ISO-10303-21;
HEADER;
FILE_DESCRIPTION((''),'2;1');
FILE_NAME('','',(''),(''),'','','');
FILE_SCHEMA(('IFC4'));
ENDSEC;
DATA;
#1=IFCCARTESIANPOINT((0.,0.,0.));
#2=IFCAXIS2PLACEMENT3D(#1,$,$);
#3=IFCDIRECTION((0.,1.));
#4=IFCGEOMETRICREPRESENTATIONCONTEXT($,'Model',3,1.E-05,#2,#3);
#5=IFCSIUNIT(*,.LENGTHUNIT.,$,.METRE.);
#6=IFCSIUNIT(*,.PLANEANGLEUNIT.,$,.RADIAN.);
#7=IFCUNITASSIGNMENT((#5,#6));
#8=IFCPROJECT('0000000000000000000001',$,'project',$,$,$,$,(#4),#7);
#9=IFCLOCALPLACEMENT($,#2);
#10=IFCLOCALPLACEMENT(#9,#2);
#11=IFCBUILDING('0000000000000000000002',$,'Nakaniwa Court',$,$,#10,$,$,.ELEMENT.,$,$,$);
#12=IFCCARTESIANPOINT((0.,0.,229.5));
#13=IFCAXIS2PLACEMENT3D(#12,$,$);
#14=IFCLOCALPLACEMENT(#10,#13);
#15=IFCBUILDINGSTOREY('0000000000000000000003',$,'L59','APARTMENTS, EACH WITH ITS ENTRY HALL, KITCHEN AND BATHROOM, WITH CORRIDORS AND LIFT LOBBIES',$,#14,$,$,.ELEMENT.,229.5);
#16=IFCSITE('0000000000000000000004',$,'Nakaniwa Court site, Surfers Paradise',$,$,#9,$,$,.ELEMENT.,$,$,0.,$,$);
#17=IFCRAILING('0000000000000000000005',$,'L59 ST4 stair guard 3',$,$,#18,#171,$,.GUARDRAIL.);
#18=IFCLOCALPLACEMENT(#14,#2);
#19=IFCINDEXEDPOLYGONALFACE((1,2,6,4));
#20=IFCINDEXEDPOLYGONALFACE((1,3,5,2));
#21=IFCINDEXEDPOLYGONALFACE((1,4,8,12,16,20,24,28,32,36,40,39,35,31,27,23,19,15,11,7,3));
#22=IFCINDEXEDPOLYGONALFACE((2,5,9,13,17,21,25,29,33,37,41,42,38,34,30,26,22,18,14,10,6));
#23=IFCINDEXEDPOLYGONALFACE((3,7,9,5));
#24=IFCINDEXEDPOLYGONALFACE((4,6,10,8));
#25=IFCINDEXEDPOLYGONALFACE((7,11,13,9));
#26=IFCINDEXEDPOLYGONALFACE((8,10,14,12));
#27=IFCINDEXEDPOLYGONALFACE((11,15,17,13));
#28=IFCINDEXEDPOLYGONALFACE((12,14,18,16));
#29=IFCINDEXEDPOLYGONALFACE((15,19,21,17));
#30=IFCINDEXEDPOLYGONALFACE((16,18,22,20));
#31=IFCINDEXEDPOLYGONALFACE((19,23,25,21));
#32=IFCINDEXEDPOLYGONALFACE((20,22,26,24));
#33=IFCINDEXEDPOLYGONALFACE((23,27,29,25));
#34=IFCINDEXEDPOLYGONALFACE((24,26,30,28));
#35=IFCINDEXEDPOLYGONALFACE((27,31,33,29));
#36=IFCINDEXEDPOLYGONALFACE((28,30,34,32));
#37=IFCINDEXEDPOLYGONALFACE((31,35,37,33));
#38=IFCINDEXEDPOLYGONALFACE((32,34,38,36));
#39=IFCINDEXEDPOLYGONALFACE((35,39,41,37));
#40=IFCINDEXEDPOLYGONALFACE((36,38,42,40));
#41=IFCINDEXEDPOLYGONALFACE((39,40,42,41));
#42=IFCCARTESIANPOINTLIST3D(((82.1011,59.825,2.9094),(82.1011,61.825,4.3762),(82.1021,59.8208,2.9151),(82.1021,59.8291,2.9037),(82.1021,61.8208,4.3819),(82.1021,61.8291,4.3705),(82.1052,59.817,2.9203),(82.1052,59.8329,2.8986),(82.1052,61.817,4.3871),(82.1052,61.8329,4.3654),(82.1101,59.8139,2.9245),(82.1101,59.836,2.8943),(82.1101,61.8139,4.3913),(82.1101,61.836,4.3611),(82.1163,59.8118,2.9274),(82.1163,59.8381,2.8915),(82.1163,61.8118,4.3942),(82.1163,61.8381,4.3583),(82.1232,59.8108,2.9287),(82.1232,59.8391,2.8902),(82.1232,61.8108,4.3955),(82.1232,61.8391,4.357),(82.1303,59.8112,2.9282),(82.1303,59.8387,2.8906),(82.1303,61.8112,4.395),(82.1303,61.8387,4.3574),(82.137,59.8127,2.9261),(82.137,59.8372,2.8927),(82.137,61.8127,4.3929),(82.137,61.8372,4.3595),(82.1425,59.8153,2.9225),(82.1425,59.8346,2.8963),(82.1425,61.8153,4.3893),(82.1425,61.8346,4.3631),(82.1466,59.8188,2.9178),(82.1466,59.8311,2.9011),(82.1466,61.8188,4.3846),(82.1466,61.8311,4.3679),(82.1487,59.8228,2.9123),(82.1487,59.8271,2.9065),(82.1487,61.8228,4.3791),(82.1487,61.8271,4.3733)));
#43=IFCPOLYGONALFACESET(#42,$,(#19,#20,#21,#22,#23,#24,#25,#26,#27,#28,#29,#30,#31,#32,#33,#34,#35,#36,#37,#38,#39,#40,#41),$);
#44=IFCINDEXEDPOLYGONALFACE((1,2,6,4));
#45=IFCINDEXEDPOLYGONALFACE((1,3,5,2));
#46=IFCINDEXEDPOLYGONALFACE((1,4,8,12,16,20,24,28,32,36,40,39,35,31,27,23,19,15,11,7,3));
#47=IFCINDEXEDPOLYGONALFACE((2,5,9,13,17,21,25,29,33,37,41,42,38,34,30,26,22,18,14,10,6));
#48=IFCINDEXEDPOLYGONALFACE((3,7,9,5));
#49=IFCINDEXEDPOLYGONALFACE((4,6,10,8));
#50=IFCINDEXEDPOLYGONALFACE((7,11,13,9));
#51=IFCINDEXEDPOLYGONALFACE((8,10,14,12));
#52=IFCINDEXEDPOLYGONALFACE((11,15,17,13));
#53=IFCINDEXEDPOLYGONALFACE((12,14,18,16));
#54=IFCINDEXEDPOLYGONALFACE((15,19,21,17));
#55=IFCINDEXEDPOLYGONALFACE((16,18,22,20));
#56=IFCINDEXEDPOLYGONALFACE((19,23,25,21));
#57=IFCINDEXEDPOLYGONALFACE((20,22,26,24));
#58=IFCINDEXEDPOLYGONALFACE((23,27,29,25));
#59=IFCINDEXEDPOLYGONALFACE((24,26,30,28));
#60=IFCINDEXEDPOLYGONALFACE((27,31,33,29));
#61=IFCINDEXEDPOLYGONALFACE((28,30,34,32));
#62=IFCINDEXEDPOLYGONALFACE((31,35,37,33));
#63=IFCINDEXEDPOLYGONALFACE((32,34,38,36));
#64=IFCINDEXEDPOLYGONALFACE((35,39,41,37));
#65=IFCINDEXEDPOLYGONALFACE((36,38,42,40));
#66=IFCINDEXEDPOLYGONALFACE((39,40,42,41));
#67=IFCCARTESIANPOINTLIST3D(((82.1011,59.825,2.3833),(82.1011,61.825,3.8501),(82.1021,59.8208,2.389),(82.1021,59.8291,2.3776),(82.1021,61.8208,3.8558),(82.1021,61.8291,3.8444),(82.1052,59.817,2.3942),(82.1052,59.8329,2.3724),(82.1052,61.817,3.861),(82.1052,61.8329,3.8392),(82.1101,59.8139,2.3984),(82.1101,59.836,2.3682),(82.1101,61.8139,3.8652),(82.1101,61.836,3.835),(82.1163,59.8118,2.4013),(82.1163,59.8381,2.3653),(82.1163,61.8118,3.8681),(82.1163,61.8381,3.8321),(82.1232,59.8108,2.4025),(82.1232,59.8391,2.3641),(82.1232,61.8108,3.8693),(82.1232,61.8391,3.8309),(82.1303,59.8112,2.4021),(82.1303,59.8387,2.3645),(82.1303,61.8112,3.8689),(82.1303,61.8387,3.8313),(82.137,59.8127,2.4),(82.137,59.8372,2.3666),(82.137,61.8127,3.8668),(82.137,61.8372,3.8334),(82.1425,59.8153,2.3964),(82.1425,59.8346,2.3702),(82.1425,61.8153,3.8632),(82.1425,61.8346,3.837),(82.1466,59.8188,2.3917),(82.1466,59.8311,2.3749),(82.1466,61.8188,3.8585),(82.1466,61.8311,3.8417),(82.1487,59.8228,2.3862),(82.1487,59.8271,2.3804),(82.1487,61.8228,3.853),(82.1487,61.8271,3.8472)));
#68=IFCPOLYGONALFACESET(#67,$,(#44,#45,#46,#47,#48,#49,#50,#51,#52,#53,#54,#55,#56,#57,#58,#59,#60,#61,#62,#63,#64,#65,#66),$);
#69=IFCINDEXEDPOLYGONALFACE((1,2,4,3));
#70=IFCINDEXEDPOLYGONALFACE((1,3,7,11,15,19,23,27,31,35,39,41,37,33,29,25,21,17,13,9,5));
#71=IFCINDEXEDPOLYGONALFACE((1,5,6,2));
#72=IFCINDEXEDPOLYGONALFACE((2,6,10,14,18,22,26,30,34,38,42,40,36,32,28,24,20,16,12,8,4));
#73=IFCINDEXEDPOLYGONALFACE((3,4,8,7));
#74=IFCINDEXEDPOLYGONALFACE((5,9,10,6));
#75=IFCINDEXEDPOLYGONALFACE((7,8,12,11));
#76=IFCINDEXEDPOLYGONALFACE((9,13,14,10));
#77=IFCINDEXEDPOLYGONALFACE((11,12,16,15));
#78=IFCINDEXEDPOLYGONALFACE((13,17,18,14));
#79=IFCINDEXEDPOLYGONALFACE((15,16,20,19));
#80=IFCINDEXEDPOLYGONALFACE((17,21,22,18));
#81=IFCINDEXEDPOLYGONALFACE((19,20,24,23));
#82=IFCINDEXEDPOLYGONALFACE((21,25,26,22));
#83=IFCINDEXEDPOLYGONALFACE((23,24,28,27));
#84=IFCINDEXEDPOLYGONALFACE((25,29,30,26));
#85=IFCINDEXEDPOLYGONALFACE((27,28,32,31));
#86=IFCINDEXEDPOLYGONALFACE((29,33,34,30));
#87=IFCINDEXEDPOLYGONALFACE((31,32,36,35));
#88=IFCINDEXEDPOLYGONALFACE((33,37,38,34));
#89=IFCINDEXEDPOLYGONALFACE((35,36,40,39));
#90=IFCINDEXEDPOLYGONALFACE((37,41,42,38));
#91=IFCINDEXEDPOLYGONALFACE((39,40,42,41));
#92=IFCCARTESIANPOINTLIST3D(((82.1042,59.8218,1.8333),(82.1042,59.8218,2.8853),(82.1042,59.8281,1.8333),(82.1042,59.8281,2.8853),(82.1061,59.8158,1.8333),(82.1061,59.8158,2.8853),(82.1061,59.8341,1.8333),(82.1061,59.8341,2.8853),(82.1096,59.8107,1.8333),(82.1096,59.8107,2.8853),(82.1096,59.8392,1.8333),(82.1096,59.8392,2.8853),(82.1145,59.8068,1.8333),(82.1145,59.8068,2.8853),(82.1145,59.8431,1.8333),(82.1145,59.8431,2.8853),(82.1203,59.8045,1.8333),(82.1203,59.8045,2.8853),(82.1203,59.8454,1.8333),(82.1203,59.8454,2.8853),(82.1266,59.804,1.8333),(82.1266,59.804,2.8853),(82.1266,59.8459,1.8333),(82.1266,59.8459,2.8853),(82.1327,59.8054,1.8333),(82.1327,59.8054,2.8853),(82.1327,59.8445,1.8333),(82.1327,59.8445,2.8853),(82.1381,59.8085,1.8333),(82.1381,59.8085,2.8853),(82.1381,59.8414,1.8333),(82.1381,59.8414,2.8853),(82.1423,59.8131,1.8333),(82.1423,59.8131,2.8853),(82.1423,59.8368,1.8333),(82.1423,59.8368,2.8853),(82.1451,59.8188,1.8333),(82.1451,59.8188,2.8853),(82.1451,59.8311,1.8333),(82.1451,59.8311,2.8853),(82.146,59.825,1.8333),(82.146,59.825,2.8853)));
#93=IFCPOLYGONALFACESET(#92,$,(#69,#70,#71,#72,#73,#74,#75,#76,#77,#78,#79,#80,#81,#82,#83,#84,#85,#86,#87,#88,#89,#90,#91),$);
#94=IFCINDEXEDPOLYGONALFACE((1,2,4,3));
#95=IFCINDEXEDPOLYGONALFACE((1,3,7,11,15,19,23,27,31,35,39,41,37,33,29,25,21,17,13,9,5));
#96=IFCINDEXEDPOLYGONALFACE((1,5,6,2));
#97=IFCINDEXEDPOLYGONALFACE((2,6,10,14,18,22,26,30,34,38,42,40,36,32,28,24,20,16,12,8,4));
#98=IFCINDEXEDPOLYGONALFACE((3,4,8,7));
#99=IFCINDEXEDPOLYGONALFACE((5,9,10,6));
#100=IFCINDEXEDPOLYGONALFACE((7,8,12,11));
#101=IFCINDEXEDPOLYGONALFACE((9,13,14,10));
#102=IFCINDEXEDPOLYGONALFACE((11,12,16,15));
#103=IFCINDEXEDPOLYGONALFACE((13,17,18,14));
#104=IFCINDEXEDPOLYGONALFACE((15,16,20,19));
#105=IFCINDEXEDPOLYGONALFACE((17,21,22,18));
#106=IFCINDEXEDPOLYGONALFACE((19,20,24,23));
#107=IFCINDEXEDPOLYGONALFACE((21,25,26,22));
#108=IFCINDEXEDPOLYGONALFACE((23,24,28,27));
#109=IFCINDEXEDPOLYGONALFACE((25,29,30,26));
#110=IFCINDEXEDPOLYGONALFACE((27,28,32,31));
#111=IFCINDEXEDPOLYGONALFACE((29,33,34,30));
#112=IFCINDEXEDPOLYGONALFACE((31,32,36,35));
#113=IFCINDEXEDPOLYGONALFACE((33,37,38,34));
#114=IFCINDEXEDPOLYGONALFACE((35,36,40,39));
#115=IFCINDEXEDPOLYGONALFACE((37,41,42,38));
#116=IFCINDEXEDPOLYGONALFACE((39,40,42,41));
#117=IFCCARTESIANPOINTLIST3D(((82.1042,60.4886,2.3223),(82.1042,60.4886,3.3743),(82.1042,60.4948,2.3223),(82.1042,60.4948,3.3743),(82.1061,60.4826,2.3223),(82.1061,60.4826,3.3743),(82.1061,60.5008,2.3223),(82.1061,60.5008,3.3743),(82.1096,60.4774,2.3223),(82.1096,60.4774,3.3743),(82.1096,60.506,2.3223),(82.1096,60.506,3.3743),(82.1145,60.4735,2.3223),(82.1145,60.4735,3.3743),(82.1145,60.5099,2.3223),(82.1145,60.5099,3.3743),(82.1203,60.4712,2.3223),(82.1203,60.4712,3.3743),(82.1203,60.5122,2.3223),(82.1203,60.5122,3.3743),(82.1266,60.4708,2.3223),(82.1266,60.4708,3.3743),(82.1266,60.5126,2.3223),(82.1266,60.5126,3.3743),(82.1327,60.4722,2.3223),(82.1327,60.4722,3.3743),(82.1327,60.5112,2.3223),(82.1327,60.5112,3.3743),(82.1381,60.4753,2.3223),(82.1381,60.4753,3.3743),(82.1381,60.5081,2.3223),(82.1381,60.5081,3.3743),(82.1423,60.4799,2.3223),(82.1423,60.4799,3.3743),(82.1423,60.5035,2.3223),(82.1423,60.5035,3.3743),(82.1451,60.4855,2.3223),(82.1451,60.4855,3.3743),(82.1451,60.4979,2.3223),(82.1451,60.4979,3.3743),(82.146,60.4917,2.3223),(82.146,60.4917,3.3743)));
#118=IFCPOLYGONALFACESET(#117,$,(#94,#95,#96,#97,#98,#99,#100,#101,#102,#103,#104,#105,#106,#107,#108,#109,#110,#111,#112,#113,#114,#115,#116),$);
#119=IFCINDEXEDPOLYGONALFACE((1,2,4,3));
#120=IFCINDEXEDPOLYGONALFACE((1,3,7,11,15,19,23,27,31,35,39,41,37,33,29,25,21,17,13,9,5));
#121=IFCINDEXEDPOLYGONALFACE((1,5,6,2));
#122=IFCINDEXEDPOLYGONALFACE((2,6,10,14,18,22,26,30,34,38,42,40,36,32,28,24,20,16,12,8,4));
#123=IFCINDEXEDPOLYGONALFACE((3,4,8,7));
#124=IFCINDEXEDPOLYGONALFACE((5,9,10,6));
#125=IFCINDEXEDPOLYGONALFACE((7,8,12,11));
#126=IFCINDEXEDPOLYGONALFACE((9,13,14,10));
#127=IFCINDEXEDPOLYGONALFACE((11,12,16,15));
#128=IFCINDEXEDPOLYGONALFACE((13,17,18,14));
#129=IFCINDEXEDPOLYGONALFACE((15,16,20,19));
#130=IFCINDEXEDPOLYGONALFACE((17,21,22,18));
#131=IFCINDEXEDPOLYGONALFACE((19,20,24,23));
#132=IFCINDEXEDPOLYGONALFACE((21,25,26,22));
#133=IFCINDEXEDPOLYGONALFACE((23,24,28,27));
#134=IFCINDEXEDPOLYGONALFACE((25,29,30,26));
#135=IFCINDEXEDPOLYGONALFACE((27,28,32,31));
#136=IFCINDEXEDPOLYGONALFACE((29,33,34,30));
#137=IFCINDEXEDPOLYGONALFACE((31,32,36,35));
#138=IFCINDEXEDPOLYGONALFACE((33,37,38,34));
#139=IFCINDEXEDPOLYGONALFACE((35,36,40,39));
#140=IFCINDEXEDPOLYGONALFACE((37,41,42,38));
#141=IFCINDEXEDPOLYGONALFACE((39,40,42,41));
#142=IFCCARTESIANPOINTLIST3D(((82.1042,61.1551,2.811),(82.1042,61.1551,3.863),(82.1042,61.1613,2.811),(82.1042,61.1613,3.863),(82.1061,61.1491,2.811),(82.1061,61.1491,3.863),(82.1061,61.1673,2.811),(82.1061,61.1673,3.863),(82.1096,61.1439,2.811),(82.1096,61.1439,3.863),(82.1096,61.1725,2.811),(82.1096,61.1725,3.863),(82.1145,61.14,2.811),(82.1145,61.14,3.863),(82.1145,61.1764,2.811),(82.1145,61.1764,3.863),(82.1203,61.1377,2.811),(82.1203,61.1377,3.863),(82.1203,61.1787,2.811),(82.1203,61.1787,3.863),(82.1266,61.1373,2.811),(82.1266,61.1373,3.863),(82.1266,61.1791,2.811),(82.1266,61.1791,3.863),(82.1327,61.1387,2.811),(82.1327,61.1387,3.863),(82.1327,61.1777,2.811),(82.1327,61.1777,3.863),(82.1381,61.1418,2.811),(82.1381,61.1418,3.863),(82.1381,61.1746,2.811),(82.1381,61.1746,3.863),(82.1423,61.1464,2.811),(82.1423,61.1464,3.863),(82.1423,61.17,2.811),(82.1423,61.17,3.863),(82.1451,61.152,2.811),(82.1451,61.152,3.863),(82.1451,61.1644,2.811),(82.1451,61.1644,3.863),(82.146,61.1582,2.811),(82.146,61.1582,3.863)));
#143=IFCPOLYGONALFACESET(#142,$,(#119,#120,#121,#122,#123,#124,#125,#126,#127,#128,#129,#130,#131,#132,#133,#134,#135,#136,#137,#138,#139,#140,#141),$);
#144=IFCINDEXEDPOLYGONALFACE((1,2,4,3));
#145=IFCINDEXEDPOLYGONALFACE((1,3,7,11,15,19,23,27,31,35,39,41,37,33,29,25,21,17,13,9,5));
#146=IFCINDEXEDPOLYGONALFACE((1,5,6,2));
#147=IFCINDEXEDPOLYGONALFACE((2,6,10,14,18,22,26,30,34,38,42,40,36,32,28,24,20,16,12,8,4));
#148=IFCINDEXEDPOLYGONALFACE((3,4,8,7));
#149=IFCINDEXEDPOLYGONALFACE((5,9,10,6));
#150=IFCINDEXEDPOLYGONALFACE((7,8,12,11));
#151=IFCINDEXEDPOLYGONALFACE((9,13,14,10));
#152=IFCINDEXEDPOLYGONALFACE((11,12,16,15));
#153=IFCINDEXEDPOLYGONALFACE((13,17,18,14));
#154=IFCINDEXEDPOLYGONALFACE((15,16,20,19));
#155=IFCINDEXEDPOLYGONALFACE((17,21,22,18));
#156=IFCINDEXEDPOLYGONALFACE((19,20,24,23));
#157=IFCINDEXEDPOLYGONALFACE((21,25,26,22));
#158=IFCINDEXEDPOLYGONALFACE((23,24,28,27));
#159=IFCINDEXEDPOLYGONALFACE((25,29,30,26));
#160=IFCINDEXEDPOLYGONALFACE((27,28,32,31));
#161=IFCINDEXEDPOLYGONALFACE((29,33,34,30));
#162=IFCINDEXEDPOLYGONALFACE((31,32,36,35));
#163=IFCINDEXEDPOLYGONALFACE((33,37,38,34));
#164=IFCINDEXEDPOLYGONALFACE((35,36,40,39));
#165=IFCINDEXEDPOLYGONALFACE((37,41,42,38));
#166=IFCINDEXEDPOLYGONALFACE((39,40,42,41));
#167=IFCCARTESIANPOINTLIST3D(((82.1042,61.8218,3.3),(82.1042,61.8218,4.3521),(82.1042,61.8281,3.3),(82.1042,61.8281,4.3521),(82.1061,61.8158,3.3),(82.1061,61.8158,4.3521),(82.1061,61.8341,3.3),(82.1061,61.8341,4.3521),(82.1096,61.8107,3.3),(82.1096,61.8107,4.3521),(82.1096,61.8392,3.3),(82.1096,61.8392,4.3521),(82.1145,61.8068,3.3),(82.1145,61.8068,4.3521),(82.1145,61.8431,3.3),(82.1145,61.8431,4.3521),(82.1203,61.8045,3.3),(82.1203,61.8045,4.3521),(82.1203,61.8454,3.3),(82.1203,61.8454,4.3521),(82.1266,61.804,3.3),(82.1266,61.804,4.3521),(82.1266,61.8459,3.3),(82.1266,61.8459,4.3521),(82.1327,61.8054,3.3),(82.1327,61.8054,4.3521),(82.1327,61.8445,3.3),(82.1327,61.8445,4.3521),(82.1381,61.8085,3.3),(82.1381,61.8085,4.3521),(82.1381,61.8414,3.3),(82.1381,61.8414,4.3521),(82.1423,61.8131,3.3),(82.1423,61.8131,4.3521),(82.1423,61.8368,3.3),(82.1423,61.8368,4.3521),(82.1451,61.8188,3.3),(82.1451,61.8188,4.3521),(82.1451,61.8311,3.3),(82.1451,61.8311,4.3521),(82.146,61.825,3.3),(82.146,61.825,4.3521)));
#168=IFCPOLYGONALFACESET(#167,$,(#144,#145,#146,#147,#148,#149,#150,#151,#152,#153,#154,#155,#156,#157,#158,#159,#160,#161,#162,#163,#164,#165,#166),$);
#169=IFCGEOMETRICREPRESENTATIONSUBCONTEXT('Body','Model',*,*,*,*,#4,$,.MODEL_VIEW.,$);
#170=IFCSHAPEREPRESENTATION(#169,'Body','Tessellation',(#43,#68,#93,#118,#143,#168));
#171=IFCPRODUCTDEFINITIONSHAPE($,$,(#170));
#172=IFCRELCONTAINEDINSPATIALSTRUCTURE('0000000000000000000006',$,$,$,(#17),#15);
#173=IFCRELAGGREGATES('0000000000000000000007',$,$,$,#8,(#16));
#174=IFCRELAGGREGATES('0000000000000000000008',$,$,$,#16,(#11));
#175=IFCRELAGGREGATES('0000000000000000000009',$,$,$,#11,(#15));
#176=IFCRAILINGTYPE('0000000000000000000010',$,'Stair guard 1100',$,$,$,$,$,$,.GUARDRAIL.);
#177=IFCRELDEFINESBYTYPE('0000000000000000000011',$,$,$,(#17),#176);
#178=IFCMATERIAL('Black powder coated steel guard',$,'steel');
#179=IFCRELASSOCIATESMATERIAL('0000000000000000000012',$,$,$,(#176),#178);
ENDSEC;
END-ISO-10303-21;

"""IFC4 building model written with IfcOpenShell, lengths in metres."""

from ifc_helpers import new_model, si_unit, direction, frame, origin, origin_2d, place, context, subcontext, project, spatial, circle, extrude, material, type_object, element, save


model = new_model("IFC4")

# Units and contexts
model_context = context("Model", 3, precision=1e-05, world=origin(), true_north=direction((0.0, 1.0)))
body_context = subcontext(model_context, "Body", "Model", "MODEL_VIEW")
ifc_project = project(units=[si_unit("LENGTHUNIT", "METRE"), si_unit("PLANEANGLEUNIT", "RADIAN")], contexts=[model_context])

# Site, building, storey
site_placement = place(None, origin())
site = spatial("IfcSite", under=ifc_project, at=site_placement, Name="Nakaniwa Court site, Surfers Paradise", CompositionType="ELEMENT", RefElevation=0.0)
building_placement = place(site_placement, origin())
building = spatial("IfcBuilding", under=site, at=building_placement, Name="Nakaniwa Court", CompositionType="ELEMENT")
storey_placement = place(building_placement, frame((0.0, 0.0, 229.5)))
storey = spatial("IfcBuildingStorey", under=building, at=storey_placement, Name="L59", Description="APARTMENTS, EACH WITH ITS ENTRY HALL, KITCHEN AND BATHROOM, WITH CORRIDORS AND LIFT LOBBIES", CompositionType="ELEMENT", Elevation=229.5)

# Railing
ifc_material_1 = material(Name="Black powder coated steel guard", Category="steel")
railing_type_1 = type_object("IfcRailingType", Name="Stair guard 1100", PredefinedType="GUARDRAIL", material=ifc_material_1)
railing_1_placement = place(storey_placement, frame((82.125, 59.825, 1.8333)))
element("IfcRailing", 1, at=railing_1_placement, inside=storey, type_object=railing_type_1, Name="L59 ST4 stair guard 3", PredefinedType="GUARDRAIL", context=body_context, shape_type="SweptSolid", body=[
    extrude(circle(Radius=0.0239, at=origin_2d()), frame((0.0, 0.0, 1.0762), z_axis=(0.0, 0.80638, 0.591398), x_axis=(-1.0, 0.0, 0.0)), (0.0, 0.0, 1.0), 2.4802),
    extrude(circle(Radius=0.0239, at=origin_2d()), frame((0.0, 0.0, 0.55), z_axis=(0.0, 0.80638, 0.591398), x_axis=(-1.0, 0.0, 0.0)), (0.0, 0.0, 1.0), 2.4802),
    extrude(circle(Radius=0.021, at=origin_2d()), origin(), (0.0, 0.0, 1.0), 1.052),
    extrude(circle(Radius=0.021, at=origin_2d()), frame((0.0, 0.6667, 0.489)), (0.0, 0.0, 1.0), 1.052),
    extrude(circle(Radius=0.021, at=origin_2d()), frame((0.0, 1.3333, 0.9778)), (0.0, 0.0, 1.0), 1.052),
    extrude(circle(Radius=0.021, at=origin_2d()), frame((0.0, 2.0, 1.4668)), (0.0, 0.0, 1.0), 1.052),
])

save(model, "model.ifc")
